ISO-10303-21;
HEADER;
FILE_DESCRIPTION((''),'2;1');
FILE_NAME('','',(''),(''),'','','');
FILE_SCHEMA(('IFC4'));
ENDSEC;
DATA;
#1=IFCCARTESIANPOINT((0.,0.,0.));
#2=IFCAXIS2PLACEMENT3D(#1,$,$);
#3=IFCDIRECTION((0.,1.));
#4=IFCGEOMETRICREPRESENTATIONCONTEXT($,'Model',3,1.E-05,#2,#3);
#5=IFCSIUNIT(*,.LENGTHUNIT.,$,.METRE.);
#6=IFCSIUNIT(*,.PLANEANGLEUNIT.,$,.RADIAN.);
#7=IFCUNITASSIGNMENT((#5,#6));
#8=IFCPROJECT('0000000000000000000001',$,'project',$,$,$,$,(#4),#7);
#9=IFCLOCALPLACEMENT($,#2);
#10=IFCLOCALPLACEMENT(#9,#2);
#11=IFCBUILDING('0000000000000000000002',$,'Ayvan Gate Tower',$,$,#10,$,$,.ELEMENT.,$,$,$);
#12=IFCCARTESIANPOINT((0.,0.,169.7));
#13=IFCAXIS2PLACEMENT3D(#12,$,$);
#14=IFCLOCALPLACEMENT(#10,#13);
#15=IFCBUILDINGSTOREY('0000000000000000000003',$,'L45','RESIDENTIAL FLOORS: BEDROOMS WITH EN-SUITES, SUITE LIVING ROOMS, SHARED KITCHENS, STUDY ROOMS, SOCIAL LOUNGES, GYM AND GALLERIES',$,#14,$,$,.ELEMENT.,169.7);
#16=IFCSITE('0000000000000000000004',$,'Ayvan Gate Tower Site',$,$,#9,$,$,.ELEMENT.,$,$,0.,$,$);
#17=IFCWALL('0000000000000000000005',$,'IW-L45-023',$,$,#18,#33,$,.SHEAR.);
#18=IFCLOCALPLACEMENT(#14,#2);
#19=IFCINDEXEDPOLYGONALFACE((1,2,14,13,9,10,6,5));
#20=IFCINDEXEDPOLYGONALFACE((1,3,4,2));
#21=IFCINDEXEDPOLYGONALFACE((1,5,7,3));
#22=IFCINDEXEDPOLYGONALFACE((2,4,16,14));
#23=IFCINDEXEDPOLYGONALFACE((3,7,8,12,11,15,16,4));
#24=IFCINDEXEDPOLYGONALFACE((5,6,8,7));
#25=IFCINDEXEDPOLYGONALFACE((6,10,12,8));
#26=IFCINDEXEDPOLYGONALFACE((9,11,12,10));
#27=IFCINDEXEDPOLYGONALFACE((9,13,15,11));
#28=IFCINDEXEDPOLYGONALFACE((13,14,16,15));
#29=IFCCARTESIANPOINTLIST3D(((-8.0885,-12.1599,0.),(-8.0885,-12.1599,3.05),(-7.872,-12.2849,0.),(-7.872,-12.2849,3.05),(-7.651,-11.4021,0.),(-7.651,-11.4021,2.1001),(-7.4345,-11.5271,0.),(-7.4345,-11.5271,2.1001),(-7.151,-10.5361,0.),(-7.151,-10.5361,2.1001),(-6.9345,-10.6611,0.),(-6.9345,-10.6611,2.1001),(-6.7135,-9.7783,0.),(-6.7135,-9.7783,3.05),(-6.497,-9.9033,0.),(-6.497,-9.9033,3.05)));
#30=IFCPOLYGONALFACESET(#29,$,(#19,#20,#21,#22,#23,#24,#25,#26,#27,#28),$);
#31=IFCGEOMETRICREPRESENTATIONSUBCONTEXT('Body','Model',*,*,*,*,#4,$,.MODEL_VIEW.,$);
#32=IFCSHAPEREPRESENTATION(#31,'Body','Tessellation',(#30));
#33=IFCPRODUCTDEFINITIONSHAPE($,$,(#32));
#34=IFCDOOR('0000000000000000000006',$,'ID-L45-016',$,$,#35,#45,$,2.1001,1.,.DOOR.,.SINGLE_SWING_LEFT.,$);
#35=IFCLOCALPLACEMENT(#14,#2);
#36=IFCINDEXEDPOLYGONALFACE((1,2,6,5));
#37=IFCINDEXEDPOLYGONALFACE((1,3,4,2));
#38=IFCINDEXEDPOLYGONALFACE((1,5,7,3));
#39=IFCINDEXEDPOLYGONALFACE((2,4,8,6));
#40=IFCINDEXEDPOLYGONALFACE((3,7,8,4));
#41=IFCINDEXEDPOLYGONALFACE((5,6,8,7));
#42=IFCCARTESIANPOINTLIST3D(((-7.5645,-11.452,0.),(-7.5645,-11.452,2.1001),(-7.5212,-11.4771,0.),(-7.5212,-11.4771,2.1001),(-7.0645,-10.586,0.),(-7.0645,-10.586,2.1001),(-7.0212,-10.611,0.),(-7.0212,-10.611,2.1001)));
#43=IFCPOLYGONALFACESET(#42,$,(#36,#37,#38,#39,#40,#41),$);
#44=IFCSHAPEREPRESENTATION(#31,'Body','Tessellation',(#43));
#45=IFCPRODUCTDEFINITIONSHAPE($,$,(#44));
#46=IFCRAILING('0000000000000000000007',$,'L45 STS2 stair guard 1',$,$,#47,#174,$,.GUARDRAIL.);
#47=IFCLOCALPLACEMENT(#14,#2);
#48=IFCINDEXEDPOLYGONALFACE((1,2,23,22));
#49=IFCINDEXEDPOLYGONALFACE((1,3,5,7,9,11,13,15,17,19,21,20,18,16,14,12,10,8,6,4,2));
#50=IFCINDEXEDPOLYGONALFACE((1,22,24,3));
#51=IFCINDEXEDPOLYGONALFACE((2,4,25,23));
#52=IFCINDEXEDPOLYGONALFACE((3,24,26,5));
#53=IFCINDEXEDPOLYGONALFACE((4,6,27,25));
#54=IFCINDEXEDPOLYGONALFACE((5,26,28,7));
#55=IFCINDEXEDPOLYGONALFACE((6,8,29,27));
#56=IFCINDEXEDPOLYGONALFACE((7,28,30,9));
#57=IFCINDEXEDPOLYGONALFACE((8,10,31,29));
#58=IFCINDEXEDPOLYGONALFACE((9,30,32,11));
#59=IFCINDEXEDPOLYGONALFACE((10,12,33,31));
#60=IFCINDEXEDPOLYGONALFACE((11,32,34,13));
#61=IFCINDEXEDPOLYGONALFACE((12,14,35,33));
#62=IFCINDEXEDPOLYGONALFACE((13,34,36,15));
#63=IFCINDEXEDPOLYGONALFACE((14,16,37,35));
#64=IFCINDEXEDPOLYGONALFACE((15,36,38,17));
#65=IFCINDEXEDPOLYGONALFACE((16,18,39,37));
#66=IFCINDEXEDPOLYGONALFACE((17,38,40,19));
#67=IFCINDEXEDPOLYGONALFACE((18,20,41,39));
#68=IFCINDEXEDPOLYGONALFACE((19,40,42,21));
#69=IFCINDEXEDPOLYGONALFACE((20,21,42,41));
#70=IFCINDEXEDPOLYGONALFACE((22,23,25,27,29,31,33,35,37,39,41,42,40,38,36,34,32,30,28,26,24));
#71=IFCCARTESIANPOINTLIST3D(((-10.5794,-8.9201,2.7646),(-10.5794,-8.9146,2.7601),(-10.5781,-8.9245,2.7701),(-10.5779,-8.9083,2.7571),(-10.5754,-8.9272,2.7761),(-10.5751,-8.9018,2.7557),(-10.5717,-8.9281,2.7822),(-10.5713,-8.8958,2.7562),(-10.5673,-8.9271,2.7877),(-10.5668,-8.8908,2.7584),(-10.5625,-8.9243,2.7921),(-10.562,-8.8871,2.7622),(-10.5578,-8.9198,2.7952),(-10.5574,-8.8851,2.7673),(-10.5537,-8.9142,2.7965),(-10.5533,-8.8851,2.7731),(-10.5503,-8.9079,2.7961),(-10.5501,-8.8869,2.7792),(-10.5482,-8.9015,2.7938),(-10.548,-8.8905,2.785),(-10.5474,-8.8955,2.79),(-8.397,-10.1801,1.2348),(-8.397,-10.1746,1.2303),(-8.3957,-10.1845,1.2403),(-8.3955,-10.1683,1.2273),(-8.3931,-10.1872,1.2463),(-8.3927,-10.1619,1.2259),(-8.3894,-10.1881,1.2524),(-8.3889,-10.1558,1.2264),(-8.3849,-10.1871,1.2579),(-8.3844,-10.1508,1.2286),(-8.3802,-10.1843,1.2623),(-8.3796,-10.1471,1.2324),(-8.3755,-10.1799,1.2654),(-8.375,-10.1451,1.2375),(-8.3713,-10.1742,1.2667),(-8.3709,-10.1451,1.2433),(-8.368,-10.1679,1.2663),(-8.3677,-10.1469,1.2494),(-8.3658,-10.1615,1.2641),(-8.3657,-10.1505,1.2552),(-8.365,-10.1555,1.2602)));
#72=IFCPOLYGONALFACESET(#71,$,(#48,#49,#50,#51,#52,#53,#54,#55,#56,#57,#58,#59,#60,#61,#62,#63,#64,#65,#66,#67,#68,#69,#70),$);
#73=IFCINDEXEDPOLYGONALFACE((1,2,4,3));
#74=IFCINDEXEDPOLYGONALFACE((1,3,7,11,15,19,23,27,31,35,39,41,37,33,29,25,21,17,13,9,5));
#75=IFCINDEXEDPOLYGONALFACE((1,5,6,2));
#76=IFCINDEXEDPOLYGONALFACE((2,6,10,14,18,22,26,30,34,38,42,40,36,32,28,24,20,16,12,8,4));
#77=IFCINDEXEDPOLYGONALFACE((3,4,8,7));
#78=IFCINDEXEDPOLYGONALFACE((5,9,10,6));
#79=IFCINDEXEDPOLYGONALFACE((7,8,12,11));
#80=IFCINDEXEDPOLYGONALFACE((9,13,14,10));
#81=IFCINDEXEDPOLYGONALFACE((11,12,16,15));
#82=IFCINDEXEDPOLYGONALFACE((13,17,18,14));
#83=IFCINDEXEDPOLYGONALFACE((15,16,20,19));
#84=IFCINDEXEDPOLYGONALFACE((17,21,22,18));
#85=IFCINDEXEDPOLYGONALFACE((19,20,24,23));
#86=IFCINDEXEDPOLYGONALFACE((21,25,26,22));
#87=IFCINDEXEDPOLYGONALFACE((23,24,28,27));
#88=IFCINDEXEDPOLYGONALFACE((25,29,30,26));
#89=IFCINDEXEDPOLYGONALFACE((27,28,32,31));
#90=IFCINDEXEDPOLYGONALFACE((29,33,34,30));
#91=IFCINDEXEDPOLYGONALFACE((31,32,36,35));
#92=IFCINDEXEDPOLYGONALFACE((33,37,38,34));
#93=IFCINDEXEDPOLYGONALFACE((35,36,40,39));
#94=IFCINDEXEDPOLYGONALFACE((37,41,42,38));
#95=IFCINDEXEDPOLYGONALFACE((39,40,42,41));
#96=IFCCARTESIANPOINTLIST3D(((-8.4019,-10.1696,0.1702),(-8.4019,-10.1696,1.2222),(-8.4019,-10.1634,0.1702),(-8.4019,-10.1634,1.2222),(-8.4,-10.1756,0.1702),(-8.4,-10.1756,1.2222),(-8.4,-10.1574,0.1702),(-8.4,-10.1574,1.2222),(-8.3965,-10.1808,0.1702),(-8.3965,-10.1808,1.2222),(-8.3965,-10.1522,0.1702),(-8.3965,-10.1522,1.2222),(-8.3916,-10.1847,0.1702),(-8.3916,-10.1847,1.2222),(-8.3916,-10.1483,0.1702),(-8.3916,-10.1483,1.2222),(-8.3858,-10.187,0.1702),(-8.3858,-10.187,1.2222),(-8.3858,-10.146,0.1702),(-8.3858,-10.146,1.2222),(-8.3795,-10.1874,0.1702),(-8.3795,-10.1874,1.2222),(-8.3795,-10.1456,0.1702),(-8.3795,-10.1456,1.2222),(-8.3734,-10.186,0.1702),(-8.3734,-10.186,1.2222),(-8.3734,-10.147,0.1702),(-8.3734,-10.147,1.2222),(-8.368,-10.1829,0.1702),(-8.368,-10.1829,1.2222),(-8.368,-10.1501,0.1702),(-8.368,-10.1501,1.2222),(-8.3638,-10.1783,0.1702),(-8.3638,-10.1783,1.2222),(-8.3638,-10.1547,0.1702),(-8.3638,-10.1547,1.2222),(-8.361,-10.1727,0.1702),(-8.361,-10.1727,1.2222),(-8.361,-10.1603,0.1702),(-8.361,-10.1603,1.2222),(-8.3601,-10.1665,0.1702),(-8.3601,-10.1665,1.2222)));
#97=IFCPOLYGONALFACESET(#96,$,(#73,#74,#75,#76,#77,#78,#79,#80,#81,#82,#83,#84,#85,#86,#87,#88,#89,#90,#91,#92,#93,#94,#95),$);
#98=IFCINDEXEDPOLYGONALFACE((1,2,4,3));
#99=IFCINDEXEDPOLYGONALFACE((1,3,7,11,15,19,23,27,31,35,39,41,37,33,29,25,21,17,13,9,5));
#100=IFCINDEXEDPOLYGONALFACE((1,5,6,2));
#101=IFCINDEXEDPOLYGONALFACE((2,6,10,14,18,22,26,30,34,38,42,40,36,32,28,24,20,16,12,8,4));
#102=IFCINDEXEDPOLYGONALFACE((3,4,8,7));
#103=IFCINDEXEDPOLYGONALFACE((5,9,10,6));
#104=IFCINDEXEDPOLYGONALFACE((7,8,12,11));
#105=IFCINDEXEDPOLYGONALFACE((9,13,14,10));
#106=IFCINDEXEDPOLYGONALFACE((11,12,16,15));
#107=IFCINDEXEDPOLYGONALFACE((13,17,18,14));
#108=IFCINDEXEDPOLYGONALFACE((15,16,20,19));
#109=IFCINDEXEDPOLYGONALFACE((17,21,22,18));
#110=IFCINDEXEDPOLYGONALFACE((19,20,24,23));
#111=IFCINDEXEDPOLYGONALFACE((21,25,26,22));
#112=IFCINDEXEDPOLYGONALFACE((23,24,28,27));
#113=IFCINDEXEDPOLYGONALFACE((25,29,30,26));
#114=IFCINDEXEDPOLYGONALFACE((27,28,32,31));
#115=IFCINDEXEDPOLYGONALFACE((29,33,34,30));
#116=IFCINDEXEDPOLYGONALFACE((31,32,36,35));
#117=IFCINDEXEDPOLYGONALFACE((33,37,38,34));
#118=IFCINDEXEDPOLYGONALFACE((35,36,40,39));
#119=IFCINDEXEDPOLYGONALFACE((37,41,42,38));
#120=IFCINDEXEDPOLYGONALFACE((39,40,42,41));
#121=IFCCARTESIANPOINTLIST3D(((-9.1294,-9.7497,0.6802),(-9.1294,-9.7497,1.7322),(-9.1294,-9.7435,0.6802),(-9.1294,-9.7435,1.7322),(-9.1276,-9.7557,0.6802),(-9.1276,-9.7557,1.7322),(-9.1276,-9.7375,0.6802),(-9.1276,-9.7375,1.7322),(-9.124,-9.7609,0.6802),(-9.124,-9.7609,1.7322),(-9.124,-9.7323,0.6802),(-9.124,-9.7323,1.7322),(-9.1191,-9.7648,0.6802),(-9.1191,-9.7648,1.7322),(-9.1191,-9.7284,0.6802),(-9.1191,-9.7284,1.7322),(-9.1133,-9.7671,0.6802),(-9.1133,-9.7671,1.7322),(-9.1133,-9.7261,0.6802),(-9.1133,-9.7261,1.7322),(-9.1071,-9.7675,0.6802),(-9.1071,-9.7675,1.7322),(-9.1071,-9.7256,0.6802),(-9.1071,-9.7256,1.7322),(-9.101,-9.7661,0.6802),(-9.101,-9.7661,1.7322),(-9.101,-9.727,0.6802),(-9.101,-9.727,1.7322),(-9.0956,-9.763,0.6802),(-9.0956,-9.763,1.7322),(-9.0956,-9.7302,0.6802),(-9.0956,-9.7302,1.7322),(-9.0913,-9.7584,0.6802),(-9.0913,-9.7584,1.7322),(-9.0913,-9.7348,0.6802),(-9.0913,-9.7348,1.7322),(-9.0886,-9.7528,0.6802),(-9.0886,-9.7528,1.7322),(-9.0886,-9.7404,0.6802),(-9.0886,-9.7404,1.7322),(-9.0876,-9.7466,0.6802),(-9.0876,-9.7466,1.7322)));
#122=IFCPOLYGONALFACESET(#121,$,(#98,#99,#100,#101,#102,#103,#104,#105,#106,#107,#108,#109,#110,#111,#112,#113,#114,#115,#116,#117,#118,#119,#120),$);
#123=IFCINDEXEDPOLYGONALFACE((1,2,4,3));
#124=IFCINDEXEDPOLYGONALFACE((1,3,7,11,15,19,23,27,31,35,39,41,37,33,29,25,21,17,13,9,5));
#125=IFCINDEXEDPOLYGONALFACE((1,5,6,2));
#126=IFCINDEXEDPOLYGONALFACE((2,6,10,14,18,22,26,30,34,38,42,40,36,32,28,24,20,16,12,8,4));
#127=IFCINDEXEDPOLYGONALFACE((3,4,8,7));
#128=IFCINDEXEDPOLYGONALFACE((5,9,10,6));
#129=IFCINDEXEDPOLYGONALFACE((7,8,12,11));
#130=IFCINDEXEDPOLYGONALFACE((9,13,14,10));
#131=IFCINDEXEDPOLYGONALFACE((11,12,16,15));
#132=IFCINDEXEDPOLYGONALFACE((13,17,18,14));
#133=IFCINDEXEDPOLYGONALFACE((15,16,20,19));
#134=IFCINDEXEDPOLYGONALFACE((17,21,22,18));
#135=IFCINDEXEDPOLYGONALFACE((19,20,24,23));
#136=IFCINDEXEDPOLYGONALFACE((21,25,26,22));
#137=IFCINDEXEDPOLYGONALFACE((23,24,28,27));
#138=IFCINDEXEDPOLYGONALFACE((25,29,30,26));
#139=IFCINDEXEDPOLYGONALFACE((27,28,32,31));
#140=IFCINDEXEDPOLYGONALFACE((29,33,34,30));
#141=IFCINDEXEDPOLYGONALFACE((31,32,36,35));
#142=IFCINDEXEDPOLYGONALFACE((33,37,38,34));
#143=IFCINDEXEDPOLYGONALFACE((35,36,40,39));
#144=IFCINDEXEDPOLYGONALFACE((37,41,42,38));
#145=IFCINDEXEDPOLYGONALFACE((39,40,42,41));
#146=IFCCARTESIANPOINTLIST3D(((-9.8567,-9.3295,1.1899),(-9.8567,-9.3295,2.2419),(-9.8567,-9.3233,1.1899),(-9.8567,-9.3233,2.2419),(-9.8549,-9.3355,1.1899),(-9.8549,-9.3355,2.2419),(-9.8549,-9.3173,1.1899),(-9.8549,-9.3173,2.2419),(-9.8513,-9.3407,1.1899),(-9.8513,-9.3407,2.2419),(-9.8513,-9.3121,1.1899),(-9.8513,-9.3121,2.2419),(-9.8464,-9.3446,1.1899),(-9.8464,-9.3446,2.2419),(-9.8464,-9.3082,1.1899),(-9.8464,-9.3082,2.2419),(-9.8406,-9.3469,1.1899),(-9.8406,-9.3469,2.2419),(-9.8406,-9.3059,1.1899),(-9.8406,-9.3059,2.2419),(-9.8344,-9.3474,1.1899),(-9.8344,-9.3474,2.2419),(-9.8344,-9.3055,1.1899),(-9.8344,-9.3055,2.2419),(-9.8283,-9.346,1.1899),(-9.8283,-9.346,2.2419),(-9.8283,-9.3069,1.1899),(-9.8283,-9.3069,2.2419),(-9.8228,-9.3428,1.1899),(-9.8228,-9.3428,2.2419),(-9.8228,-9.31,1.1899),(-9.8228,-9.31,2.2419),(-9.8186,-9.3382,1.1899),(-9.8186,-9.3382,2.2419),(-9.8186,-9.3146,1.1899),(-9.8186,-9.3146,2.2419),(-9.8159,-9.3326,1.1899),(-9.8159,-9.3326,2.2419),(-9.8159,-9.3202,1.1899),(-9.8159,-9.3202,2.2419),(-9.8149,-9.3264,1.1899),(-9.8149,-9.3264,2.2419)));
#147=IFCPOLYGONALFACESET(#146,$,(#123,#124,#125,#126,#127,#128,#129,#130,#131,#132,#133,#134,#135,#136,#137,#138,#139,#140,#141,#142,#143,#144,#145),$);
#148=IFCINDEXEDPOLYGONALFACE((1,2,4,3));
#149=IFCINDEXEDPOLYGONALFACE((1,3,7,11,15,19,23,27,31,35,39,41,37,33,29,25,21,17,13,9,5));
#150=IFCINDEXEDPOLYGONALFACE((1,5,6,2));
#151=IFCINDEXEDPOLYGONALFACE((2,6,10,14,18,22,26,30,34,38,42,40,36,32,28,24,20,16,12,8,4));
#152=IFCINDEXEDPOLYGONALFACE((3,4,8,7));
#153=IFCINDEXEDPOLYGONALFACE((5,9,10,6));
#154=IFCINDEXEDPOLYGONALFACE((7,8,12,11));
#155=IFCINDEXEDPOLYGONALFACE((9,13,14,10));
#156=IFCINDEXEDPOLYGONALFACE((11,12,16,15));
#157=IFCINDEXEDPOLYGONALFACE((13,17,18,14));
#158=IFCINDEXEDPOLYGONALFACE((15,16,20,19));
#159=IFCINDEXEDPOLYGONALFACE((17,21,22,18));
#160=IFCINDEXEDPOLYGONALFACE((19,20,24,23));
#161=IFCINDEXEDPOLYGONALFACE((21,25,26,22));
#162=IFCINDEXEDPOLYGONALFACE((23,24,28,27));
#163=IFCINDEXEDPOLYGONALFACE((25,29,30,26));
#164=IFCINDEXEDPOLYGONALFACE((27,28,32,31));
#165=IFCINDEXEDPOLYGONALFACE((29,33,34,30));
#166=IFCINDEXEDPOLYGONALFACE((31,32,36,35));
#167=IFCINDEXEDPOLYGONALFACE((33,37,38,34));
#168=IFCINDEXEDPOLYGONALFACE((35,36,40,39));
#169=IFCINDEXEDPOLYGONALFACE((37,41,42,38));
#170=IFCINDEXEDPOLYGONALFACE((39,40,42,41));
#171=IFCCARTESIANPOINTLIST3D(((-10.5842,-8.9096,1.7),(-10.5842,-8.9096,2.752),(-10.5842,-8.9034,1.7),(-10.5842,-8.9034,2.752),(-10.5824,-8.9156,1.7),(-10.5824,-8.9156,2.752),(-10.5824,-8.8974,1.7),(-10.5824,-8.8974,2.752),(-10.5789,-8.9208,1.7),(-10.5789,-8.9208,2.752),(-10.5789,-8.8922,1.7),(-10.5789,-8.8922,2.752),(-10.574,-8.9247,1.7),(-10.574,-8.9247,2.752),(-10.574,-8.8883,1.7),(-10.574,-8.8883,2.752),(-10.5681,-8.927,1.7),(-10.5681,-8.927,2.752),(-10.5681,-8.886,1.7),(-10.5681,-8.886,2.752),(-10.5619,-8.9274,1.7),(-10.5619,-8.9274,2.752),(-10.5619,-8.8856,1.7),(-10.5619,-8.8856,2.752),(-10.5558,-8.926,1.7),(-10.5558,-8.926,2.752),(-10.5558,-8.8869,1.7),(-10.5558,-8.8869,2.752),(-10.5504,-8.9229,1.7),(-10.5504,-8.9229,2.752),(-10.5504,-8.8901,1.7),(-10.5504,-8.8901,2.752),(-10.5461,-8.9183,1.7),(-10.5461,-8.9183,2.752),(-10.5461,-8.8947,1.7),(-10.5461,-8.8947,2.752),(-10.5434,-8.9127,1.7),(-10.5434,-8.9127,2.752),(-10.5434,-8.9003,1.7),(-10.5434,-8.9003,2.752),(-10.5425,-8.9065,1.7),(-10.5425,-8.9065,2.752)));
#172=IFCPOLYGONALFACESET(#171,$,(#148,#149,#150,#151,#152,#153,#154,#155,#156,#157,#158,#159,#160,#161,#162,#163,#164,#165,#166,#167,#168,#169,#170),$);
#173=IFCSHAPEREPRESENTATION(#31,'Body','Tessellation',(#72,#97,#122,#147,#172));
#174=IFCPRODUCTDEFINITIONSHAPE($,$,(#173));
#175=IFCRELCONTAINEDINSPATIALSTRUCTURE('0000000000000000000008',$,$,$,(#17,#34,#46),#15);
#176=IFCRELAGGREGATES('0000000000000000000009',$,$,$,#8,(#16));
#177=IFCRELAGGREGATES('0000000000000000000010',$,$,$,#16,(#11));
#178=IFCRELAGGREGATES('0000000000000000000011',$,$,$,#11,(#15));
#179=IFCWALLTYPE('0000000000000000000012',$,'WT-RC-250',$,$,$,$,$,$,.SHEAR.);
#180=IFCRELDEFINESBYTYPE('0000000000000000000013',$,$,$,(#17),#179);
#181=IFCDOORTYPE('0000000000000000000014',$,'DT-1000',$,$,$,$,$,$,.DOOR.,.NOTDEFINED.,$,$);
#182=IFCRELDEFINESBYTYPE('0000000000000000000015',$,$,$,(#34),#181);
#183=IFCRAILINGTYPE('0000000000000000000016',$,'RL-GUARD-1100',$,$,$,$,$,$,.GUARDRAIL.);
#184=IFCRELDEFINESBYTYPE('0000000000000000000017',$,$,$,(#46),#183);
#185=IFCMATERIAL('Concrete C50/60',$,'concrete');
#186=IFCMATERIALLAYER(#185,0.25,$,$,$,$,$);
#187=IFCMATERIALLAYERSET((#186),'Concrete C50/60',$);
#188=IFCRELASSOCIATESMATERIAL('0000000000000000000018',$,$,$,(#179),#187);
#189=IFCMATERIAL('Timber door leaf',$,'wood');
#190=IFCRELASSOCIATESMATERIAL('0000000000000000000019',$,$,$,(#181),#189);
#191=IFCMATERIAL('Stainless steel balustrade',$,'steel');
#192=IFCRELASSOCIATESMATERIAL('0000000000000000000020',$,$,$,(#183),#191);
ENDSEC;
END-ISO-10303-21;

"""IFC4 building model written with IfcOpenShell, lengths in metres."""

from ifc_helpers import new_model, si_unit, direction, frame, frame_2d, origin, origin_2d, place, context, subcontext, project, spatial, rectangle, circle, extrude, material, layer, layer_set, type_object, element, fill, save


model = new_model("IFC4")

# Units and contexts
model_context = context("Model", 3, precision=1e-05, world=origin(), true_north=direction((0.0, 1.0)))
body_context = subcontext(model_context, "Body", "Model", "MODEL_VIEW")
ifc_project = project(units=[si_unit("LENGTHUNIT", "METRE"), si_unit("PLANEANGLEUNIT", "RADIAN")], contexts=[model_context])

# Site, building, storey
site_placement = place(None, origin())
site = spatial("IfcSite", under=ifc_project, at=site_placement, Name="Ayvan Gate Tower Site", CompositionType="ELEMENT", RefElevation=0.0)
building_placement = place(site_placement, origin())
building = spatial("IfcBuilding", under=site, at=building_placement, Name="Ayvan Gate Tower", CompositionType="ELEMENT")
storey_placement = place(building_placement, frame((0.0, 0.0, 169.7)))
storey = spatial("IfcBuildingStorey", under=building, at=storey_placement, Name="L45", Description="RESIDENTIAL FLOORS: BEDROOMS WITH EN-SUITES, SUITE LIVING ROOMS, SHARED KITCHENS, STUDY ROOMS, SOCIAL LOUNGES, GYM AND GALLERIES", CompositionType="ELEMENT", Elevation=169.7)

# Shared definitions
ifc_material_1 = material(Name="Timber door leaf", Category="wood")

# Wall, opening, door
ifc_material_2 = material(Name="Concrete C50/60", Category="concrete")
ifc_layer_1 = layer(ifc_material_2, 0.25)
ifc_layer_set_1 = layer_set([ifc_layer_1], Name="Concrete C50/60")
wall_type_1 = type_object("IfcWallType", Name="WT-RC-250", PredefinedType="SHEAR", material=ifc_layer_set_1)
wall_1_placement = place(storey_placement, frame((-6.6052, -9.8408, 0.0), z_axis=(0.0, 0.0, 1.0), x_axis=(-0.499997, -0.866027, 0.0)))
wall_1 = element("IfcWall", 1, at=wall_1_placement, inside=storey, type_object=wall_type_1, Name="IW-L45-023", PredefinedType="SHEAR", context=body_context, shape_type="SweptSolid", body=[
    extrude(rectangle(XDim=2.75, YDim=0.25, at=frame_2d((1.375, 0.0))), origin(), (0.0, 0.0, 1.0), 3.05),
])
opening_1_placement = place(wall_1_placement, frame((0.875, 0.0, 0.0)))
opening_1 = element("IfcOpeningElement", 2, at=opening_1_placement, cuts=wall_1, PredefinedType="OPENING", context=body_context, shape_type="SweptSolid", body=[
    extrude(rectangle(XDim=1.0, YDim=2.1001, at=frame_2d((0.5, 1.05))), frame((0.0, 0.135, 0.0), z_axis=(0.0, -1.0, 0.0), x_axis=(1.0, 0.0, 0.0)), (0.0, 0.0, 1.0), 0.27),
])
door_type_1 = type_object("IfcDoorType", Name="DT-1000", OperationType="NOTDEFINED", PredefinedType="DOOR", material=ifc_material_1)
door_1_placement = place(opening_1_placement, origin())
door_1 = element("IfcDoor", 3, at=door_1_placement, inside=storey, type_object=door_type_1, Name="ID-L45-016", OperationType="SINGLE_SWING_LEFT", OverallHeight=2.1001, OverallWidth=1.0, PredefinedType="DOOR", context=body_context, shape_type="SweptSolid", body=[
    extrude(rectangle(XDim=1.0, YDim=2.1001, at=frame_2d((0.5, 1.05))), frame((0.0, 0.0249, 0.0), z_axis=(0.0, -1.0, 0.0), x_axis=(1.0, 0.0, 0.0)), (0.0, 0.0, 1.0), 0.05),
])
fill(opening_1, door_1)

# Railing
ifc_material_3 = material(Name="Stainless steel balustrade", Category="steel")
railing_type_1 = type_object("IfcRailingType", Name="RL-GUARD-1100", PredefinedType="GUARDRAIL", material=ifc_material_3)
railing_1_placement = place(storey_placement, frame((-8.3811, -10.1665, 0.1702)))
element("IfcRailing", 4, at=railing_1_placement, inside=storey, type_object=railing_type_1, Name="L45 STS2 stair guard 1", PredefinedType="GUARDRAIL", context=body_context, shape_type="SweptSolid", body=[
    extrude(circle(Radius=0.0239, at=origin_2d()), frame((0.0, 0.0, 1.0762), z_axis=(-0.740293, 0.427414, 0.518926), x_axis=(-0.500005, -0.866023, 0.0)), (0.0, 0.0, 1.0), 2.948),
    extrude(circle(Radius=0.021, at=origin_2d()), origin(), (0.0, 0.0, 1.0), 1.052),
    extrude(circle(Radius=0.021, at=origin_2d()), frame((-0.7275, 0.4199, 0.51)), (0.0, 0.0, 1.0), 1.052),
    extrude(circle(Radius=0.021, at=origin_2d()), frame((-1.4548, 0.8401, 1.0198)), (0.0, 0.0, 1.0), 1.052),
    extrude(circle(Radius=0.021, at=origin_2d()), frame((-2.1824, 1.26, 1.5298)), (0.0, 0.0, 1.0), 1.052),
])

save(model, "model.ifc")
